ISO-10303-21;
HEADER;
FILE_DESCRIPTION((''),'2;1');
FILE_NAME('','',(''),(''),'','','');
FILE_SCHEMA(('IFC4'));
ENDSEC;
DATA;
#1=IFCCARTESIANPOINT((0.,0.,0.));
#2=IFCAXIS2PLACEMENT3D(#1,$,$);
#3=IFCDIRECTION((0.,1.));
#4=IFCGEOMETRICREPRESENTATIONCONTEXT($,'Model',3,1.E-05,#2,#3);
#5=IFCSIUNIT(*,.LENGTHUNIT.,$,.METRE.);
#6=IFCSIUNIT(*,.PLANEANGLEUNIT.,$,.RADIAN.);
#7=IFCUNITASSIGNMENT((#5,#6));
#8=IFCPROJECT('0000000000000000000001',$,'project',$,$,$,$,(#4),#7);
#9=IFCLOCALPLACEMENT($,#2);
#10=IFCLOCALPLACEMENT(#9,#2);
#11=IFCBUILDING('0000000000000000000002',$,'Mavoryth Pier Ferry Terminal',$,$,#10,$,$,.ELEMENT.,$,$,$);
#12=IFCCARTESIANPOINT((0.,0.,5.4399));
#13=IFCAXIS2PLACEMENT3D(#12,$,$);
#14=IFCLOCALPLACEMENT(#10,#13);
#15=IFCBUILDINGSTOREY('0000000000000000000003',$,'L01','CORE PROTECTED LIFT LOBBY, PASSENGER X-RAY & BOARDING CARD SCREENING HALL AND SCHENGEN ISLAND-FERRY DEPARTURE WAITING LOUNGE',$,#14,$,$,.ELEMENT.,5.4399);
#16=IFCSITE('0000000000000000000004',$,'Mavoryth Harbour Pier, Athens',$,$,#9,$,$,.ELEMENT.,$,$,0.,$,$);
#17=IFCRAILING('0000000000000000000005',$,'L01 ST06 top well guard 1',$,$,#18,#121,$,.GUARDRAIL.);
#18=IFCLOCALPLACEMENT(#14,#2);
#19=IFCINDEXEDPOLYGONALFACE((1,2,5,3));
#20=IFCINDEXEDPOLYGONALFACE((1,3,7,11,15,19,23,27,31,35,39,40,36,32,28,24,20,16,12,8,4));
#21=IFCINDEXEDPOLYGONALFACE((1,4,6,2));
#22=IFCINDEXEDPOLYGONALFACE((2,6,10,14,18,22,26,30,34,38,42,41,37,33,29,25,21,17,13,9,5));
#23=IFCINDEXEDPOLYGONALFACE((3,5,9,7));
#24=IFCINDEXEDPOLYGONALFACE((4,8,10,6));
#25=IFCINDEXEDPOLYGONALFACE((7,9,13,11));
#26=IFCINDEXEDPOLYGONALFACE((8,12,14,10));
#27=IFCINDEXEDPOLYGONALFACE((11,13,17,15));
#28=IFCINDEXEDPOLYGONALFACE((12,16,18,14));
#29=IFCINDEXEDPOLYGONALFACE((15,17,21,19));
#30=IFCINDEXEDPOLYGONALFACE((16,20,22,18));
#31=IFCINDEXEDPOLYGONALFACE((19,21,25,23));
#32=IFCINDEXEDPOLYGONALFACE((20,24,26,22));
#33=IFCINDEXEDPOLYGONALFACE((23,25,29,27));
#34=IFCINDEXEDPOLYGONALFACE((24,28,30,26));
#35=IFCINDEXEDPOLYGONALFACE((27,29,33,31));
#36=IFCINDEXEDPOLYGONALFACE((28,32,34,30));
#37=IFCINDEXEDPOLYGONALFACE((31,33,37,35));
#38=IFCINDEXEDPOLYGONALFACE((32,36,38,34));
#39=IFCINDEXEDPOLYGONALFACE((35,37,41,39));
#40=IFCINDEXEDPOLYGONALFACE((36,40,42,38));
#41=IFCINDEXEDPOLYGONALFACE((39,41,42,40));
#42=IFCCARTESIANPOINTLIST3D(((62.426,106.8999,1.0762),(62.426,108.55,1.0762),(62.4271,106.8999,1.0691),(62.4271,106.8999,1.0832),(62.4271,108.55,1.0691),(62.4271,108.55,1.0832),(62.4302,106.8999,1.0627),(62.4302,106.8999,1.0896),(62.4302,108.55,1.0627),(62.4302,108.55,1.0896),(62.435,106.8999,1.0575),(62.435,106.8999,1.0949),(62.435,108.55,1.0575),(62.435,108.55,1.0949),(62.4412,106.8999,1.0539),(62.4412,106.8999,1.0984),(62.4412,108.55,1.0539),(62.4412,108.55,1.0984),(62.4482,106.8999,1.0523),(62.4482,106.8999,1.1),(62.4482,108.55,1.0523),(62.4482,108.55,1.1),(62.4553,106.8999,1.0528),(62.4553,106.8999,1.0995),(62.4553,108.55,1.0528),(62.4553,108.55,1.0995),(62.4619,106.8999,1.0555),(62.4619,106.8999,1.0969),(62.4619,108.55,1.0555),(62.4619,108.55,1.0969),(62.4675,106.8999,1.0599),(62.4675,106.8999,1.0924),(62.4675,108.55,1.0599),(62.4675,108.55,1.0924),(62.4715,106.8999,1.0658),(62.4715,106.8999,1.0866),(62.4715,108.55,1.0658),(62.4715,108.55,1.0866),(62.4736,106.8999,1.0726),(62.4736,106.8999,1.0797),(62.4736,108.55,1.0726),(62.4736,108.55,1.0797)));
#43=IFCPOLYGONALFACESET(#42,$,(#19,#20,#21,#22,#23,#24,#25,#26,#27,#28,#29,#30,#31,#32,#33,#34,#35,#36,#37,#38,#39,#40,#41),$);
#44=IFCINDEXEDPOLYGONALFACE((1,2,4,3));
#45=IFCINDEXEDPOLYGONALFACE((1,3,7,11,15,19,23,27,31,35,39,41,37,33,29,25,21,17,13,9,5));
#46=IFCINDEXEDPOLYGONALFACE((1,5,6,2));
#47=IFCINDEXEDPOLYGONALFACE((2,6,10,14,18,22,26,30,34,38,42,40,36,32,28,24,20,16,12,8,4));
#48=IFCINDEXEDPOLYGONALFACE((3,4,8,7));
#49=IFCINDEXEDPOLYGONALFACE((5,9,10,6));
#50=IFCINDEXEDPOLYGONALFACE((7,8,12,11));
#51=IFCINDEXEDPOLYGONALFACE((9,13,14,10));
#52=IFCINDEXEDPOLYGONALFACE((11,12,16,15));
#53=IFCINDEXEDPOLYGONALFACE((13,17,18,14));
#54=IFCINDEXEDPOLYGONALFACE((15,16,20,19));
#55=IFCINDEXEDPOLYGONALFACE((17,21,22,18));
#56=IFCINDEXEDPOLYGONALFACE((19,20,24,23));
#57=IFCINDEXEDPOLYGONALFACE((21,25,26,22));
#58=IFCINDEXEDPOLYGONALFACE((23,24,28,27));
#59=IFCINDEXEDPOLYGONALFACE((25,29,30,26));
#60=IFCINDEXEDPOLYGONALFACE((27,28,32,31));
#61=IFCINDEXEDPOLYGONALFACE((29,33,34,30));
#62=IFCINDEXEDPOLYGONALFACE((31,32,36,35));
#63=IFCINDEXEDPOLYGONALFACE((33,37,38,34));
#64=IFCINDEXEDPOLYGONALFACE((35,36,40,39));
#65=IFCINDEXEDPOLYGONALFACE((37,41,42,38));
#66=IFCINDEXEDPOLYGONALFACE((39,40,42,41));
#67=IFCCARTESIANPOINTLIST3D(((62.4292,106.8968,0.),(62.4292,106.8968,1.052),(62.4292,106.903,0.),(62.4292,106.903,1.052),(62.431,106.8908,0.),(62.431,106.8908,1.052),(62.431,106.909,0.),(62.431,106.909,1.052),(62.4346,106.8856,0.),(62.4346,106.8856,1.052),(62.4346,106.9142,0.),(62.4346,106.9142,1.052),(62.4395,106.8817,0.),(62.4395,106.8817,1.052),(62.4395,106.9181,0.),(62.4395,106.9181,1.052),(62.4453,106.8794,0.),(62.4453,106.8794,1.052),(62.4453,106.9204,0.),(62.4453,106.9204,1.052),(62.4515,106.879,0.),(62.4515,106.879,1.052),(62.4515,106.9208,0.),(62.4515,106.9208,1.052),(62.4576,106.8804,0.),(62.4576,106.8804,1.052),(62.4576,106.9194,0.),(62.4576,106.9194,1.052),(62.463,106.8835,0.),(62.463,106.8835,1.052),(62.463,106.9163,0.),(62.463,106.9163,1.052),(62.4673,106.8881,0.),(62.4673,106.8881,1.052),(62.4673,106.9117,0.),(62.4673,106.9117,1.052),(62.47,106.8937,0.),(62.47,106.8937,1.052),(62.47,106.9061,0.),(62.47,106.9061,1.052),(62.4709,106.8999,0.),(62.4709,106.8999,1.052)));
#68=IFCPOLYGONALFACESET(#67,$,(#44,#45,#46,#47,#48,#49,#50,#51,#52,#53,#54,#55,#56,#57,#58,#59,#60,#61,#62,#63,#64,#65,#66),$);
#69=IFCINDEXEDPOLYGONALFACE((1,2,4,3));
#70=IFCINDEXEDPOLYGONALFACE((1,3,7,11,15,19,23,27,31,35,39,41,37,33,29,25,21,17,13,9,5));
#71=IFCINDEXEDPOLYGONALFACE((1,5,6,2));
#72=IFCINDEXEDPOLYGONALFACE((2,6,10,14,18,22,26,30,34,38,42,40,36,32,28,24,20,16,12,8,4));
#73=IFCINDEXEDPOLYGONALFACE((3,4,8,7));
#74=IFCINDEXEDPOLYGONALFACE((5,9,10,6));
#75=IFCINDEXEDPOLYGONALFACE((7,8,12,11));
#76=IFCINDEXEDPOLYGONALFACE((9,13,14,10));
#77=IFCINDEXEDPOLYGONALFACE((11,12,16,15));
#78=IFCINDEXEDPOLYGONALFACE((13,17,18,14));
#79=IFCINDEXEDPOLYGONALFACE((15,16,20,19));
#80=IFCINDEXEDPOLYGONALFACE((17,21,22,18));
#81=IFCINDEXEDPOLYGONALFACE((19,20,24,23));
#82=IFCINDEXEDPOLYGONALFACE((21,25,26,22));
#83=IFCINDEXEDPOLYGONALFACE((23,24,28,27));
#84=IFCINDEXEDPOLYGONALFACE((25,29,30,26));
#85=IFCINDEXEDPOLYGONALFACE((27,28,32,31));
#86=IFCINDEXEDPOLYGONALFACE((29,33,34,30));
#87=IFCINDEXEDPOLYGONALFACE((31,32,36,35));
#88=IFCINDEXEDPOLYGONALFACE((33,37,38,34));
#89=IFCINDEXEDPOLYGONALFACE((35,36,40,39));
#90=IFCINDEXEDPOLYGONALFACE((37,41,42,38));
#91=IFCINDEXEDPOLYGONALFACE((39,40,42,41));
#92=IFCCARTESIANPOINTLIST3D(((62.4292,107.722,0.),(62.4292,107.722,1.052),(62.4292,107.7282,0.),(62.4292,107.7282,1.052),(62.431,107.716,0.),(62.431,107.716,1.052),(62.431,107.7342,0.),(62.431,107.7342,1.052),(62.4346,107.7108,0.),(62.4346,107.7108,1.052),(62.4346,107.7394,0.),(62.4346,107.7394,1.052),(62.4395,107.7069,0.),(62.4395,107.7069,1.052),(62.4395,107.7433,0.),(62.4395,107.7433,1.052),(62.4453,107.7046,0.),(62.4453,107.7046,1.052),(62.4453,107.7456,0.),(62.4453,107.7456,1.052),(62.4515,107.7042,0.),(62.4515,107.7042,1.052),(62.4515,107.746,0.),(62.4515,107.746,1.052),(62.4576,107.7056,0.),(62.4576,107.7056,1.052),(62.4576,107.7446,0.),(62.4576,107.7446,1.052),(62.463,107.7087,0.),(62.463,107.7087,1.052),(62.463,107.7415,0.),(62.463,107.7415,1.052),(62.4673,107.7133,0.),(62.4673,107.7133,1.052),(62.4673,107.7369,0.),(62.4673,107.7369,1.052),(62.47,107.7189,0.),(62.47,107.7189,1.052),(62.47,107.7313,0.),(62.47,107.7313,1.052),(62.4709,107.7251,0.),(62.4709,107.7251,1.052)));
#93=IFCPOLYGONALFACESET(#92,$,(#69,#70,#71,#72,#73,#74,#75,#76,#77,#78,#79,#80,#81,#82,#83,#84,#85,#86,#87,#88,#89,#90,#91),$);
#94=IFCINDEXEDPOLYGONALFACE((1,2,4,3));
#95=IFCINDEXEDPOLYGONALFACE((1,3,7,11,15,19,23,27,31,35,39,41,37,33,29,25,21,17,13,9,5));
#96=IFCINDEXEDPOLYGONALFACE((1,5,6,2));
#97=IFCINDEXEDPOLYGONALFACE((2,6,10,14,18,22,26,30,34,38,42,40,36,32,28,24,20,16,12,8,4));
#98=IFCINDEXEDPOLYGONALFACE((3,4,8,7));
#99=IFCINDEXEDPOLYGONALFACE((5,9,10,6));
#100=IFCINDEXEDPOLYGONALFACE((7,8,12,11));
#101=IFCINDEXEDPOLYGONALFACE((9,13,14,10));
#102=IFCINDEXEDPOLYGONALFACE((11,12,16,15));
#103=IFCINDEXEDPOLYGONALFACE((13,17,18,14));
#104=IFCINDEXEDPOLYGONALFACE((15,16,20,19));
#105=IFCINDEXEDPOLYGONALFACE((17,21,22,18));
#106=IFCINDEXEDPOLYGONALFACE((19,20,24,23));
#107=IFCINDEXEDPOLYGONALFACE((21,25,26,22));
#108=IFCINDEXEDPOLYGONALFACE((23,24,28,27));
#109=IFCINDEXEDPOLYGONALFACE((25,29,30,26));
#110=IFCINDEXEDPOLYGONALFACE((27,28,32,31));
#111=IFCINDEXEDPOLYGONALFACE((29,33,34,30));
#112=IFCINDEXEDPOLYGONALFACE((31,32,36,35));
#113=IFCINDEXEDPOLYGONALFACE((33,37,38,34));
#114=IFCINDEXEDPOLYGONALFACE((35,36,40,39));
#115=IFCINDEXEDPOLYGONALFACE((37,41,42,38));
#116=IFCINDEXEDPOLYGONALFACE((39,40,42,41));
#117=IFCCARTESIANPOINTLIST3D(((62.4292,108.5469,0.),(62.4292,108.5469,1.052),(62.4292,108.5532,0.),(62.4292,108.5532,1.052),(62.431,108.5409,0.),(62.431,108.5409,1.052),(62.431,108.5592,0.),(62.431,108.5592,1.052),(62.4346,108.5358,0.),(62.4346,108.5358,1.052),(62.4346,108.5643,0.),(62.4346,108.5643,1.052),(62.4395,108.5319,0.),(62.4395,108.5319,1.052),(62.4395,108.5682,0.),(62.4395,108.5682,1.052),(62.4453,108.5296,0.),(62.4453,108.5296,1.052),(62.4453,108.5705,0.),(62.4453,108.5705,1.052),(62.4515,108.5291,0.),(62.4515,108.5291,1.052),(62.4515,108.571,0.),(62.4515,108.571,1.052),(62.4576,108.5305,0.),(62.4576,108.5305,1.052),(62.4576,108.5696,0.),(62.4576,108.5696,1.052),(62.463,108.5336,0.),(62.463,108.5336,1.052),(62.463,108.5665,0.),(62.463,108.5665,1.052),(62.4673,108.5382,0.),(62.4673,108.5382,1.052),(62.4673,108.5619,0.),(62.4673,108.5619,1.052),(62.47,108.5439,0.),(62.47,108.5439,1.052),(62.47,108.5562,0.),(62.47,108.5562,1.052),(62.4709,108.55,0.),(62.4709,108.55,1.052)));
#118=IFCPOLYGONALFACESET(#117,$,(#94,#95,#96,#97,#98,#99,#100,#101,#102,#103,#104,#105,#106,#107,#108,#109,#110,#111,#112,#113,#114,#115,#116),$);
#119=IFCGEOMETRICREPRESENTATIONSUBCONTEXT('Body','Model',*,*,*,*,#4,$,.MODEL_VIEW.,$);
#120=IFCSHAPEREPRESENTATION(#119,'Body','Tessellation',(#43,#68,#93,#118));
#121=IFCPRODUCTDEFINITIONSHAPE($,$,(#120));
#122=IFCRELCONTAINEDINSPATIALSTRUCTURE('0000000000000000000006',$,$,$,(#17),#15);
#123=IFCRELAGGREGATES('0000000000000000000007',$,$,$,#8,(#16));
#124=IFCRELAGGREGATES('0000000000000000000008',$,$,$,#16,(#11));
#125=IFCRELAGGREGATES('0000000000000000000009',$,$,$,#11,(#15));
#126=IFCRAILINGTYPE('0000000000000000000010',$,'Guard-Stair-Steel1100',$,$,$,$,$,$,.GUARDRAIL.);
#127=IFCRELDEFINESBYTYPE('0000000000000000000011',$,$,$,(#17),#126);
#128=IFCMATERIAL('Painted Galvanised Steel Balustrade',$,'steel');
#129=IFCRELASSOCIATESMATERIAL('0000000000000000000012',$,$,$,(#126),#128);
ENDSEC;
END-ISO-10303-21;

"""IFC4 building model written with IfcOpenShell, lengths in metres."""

from ifc_helpers import new_model, si_unit, direction, frame, origin, origin_2d, place, context, subcontext, project, spatial, circle, extrude, material, type_object, element, save


model = new_model("IFC4")

# Units and contexts
model_context = context("Model", 3, precision=1e-05, world=origin(), true_north=direction((0.0, 1.0)))
body_context = subcontext(model_context, "Body", "Model", "MODEL_VIEW")
ifc_project = project(units=[si_unit("LENGTHUNIT", "METRE"), si_unit("PLANEANGLEUNIT", "RADIAN")], contexts=[model_context])

# Site, building, storey
site_placement = place(None, origin())
site = spatial("IfcSite", under=ifc_project, at=site_placement, Name="Mavoryth Harbour Pier, Athens", CompositionType="ELEMENT", RefElevation=0.0)
building_placement = place(site_placement, origin())
building = spatial("IfcBuilding", under=site, at=building_placement, Name="Mavoryth Pier Ferry Terminal", CompositionType="ELEMENT")
storey_placement = place(building_placement, frame((0.0, 0.0, 5.4399)))
storey = spatial("IfcBuildingStorey", under=building, at=storey_placement, Name="L01", Description="CORE PROTECTED LIFT LOBBY, PASSENGER X-RAY & BOARDING CARD SCREENING HALL AND SCHENGEN ISLAND-FERRY DEPARTURE WAITING LOUNGE", CompositionType="ELEMENT", Elevation=5.4399)

# Railing
ifc_material_1 = material(Name="Painted Galvanised Steel Balustrade", Category="steel")
railing_type = type_object("IfcRailingType", Name="Guard-Stair-Steel1100", PredefinedType="GUARDRAIL", material=ifc_material_1)
railing_placement = place(storey_placement, frame((62.45, 106.8999, 0.0)))
element("IfcRailing", 1, at=railing_placement, inside=storey, type_object=railing_type, Name="L01 ST06 top well guard 1", PredefinedType="GUARDRAIL", context=body_context, shape_type="SweptSolid", body=[
    extrude(circle(Radius=0.0239, at=origin_2d()), frame((0.0, 0.0, 1.0762), z_axis=(0.0, 1.0, 0.0), x_axis=(-1.0, 0.0, 0.0)), (0.0, 0.0, 1.0), 1.6501),
    extrude(circle(Radius=0.021, at=origin_2d()), origin(), (0.0, 0.0, 1.0), 1.052),
    extrude(circle(Radius=0.021, at=origin_2d()), frame((0.0, 0.8252, 0.0)), (0.0, 0.0, 1.0), 1.052),
    extrude(circle(Radius=0.021, at=origin_2d()), frame((0.0, 1.6501, 0.0)), (0.0, 0.0, 1.0), 1.052),
])

save(model, "model.ifc")
